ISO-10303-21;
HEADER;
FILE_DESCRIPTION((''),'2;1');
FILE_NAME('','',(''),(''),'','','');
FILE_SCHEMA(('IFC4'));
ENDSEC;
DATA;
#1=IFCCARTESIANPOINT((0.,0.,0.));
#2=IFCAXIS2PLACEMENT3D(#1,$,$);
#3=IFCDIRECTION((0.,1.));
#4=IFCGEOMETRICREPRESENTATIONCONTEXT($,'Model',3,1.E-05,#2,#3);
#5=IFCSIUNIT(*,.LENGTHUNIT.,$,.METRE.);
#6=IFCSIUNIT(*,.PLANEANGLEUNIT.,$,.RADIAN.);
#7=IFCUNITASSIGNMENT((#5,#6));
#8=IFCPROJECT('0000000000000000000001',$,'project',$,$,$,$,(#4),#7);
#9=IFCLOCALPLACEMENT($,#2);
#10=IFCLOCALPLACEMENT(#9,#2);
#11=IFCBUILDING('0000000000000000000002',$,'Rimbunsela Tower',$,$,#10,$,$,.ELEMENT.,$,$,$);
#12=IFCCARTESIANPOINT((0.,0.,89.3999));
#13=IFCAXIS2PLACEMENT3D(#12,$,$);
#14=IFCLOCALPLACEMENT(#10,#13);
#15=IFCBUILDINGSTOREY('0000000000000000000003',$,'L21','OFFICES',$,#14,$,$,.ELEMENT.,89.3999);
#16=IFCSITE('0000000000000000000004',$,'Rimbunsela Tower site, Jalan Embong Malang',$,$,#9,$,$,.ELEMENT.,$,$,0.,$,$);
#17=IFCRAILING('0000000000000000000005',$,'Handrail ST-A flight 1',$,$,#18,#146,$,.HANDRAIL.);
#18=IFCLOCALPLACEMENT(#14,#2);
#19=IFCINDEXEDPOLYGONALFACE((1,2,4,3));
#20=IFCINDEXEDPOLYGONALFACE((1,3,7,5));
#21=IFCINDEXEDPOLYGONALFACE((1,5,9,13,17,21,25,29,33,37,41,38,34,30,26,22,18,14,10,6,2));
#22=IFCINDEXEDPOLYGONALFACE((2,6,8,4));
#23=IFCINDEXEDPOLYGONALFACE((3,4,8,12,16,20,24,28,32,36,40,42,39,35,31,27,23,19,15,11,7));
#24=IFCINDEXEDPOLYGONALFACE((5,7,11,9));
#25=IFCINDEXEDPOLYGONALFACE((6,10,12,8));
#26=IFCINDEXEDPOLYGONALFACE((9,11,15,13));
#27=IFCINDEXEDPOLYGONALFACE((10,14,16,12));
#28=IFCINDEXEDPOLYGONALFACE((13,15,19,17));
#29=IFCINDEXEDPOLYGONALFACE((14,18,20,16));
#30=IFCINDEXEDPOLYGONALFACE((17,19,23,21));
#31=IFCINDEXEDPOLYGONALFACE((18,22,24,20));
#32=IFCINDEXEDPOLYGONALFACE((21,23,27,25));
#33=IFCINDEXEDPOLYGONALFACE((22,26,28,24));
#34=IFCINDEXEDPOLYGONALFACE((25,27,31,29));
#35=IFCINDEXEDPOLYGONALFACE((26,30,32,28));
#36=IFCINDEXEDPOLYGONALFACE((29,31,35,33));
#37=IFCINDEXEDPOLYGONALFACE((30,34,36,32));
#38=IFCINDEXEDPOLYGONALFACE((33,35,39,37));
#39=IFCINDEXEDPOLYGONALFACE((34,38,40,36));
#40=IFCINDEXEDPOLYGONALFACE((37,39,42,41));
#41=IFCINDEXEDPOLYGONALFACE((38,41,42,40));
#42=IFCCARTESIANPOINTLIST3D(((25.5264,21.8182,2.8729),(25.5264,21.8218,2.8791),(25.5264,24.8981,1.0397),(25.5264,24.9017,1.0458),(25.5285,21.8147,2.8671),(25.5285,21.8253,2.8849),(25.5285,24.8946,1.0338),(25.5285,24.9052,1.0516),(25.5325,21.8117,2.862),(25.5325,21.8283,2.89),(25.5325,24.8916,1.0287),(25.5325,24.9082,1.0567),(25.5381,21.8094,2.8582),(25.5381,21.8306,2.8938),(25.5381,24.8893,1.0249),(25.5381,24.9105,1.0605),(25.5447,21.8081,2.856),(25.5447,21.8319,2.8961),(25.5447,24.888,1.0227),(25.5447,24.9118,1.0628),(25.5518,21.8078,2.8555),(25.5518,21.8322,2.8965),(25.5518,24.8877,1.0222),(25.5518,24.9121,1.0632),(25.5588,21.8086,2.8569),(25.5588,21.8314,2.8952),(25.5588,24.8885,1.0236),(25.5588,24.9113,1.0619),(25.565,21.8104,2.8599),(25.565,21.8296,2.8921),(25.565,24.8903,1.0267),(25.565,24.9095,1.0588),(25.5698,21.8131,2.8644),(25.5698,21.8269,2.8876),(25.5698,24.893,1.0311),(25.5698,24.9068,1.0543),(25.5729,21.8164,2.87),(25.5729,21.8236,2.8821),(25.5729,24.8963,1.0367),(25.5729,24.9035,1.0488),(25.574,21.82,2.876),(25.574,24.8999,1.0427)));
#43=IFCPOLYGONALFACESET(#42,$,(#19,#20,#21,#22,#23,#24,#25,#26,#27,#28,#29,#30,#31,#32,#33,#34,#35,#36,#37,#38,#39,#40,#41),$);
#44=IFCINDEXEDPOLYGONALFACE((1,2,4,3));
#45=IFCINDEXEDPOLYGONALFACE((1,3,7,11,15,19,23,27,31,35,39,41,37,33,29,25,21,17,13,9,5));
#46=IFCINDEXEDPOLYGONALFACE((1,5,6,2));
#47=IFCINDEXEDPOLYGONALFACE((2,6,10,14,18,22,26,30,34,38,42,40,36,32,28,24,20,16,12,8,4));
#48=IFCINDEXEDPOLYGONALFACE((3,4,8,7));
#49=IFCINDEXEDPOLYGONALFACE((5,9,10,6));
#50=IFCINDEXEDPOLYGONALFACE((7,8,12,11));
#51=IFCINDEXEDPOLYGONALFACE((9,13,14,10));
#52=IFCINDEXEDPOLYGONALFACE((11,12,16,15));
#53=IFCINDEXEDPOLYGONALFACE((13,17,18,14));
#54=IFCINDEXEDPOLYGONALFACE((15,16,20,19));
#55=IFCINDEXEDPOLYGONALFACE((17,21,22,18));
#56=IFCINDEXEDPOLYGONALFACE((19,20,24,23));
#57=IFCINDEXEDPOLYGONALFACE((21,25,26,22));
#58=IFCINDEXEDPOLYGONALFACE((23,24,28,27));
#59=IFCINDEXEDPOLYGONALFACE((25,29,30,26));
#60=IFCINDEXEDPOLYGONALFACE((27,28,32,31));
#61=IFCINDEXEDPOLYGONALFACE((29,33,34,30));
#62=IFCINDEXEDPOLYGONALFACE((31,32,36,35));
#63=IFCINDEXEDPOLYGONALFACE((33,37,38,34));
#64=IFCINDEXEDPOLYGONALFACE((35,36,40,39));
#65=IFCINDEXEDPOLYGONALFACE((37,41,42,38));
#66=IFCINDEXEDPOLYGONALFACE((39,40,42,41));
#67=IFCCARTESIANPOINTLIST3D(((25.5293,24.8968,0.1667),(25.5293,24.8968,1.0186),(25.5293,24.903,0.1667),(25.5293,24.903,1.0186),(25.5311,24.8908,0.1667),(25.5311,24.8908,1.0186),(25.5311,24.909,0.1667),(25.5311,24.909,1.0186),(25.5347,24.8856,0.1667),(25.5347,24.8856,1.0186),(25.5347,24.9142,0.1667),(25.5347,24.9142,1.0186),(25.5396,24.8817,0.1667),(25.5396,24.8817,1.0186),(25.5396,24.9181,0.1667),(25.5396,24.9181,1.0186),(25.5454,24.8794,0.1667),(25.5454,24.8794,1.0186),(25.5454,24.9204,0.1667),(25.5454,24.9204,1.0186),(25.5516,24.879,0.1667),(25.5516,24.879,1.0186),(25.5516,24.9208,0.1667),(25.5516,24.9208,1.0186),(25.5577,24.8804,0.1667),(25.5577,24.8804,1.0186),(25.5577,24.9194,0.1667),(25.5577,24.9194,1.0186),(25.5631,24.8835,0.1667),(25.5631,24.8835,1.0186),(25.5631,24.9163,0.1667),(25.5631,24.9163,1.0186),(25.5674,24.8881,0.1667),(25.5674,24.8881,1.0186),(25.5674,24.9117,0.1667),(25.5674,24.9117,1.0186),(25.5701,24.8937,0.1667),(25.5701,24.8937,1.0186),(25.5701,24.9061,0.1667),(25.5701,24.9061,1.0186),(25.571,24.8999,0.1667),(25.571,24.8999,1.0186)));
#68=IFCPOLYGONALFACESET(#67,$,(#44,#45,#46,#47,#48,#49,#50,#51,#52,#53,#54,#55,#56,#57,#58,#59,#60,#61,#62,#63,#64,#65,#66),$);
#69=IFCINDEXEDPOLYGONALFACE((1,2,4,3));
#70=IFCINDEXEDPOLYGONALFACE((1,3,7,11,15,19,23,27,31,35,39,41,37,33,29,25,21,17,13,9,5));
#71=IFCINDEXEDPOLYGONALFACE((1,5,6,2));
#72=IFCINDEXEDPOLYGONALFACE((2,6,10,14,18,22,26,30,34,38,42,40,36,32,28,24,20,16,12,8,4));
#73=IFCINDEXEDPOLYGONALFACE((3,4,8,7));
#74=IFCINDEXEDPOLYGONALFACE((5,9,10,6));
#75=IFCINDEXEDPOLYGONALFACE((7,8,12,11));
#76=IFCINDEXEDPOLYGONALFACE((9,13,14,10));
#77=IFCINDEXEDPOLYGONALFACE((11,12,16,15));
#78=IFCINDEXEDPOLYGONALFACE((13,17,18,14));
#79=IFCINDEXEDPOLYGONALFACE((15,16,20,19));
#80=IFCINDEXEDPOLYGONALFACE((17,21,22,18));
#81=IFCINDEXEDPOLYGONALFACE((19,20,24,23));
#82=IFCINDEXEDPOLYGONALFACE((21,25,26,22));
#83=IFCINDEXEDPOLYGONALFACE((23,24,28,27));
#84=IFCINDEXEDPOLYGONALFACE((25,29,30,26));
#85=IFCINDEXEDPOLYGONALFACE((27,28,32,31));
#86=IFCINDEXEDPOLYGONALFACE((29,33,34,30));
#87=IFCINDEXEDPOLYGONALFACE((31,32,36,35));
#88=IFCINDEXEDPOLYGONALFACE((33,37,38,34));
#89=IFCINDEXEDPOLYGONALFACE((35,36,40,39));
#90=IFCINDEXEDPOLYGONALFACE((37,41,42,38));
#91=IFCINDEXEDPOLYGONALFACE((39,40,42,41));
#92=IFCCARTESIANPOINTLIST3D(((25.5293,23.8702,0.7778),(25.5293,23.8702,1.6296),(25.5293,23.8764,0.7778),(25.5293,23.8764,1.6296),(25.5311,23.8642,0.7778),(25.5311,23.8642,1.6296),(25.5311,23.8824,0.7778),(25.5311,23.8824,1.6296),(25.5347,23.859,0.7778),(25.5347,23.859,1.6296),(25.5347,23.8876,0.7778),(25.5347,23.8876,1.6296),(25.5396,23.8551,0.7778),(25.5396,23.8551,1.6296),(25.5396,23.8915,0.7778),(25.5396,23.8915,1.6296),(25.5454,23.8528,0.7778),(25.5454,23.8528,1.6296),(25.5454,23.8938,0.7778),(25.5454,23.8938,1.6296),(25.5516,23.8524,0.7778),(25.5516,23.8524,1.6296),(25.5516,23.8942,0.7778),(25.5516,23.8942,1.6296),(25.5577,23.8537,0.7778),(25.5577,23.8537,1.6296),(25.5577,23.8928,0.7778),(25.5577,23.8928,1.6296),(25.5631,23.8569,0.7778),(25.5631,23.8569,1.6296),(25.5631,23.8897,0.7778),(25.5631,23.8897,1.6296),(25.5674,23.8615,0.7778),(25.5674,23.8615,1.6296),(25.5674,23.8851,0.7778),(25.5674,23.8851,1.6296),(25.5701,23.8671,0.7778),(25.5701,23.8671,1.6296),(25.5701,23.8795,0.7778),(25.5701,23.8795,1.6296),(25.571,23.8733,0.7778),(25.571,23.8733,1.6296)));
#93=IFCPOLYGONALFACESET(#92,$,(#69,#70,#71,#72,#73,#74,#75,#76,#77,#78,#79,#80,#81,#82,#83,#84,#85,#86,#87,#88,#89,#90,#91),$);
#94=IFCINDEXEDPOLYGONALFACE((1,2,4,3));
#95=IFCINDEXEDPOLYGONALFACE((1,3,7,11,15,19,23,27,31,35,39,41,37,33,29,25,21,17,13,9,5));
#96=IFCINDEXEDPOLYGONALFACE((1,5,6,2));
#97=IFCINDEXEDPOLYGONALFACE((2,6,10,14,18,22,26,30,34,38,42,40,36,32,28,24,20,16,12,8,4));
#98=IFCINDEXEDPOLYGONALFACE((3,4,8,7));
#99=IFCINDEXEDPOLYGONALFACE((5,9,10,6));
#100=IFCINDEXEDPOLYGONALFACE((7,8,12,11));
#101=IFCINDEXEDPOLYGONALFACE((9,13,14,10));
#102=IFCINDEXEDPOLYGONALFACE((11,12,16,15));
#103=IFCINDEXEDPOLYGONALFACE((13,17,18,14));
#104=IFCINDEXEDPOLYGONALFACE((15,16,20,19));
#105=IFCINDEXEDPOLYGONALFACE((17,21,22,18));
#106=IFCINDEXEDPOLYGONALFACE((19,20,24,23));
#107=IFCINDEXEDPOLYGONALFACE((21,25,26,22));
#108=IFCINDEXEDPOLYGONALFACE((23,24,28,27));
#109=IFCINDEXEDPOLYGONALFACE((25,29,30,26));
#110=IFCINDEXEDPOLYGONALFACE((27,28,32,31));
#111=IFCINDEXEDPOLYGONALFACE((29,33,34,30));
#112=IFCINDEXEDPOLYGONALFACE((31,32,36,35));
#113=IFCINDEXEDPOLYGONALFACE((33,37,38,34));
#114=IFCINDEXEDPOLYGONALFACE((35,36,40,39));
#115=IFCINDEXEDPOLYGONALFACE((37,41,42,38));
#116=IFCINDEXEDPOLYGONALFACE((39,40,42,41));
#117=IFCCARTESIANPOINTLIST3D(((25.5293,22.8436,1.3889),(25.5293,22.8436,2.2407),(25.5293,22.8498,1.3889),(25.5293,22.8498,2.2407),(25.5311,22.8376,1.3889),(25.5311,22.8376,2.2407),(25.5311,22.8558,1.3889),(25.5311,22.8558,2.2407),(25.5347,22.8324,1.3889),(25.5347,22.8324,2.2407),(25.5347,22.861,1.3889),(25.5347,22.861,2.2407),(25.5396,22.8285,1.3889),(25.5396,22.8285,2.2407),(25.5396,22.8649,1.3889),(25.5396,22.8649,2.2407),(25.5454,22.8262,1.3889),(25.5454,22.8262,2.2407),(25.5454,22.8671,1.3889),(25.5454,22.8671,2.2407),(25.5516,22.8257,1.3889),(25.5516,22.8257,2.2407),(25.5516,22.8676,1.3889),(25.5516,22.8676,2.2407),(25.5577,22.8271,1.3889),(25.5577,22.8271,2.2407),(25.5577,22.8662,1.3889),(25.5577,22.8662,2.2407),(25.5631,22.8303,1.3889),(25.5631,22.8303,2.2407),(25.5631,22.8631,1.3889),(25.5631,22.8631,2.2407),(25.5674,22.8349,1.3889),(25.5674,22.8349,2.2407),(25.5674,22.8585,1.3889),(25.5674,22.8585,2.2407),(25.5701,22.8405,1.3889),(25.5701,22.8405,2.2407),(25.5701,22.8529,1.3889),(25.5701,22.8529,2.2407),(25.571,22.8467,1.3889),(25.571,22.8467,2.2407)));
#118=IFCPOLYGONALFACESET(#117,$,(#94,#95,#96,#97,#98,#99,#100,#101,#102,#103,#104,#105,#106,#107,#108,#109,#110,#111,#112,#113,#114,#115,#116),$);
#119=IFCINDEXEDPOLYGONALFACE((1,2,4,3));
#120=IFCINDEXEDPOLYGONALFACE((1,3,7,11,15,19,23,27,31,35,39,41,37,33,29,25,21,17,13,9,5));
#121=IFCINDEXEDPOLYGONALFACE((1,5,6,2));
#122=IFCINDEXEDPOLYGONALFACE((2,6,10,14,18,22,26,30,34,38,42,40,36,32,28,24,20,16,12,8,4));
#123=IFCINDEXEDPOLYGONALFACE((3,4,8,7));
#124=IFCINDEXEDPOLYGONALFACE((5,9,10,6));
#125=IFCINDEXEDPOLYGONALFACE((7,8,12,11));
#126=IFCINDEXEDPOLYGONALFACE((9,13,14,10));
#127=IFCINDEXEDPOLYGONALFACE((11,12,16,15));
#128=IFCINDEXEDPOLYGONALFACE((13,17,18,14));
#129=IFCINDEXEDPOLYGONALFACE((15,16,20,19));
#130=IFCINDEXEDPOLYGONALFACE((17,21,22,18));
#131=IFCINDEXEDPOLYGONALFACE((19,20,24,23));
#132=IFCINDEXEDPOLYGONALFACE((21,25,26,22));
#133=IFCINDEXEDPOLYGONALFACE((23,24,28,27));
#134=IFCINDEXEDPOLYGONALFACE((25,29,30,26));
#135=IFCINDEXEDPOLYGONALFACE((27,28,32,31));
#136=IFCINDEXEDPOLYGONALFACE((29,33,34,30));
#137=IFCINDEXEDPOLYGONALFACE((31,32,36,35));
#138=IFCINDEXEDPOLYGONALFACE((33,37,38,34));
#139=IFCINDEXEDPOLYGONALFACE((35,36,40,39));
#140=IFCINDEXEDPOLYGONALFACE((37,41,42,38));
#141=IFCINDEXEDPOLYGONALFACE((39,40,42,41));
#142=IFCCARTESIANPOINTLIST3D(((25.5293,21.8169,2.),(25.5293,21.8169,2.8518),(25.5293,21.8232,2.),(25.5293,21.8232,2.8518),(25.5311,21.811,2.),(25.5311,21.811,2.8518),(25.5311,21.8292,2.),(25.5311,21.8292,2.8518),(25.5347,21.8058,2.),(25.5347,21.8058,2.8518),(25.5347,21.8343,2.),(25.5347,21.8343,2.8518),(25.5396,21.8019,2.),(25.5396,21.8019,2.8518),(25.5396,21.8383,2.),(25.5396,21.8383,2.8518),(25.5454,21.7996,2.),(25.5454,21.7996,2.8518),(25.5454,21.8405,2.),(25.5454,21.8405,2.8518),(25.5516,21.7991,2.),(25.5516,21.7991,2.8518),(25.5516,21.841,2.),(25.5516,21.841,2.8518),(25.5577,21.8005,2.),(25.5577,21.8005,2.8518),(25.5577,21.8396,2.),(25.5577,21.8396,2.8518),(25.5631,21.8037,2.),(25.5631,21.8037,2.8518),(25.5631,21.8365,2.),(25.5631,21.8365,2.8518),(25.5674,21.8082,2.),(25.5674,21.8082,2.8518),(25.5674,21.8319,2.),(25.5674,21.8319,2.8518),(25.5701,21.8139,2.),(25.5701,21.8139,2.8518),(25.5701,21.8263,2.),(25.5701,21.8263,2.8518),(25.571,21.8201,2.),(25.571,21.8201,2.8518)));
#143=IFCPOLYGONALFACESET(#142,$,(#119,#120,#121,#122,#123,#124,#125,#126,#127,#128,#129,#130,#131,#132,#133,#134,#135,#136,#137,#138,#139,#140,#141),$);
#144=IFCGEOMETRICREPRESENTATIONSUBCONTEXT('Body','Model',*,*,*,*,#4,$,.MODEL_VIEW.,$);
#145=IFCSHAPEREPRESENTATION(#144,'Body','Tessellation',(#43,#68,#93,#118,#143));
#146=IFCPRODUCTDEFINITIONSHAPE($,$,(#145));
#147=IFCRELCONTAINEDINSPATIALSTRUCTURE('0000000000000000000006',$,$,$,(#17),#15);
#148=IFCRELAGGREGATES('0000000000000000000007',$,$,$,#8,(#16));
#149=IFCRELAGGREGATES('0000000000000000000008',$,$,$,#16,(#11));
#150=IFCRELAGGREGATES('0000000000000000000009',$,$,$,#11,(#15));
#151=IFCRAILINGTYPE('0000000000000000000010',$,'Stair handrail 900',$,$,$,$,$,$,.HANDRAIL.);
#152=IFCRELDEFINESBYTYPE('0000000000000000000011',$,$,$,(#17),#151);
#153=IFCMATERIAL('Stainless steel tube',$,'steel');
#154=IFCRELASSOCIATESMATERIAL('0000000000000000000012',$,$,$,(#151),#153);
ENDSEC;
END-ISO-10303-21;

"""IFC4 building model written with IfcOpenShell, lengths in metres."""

from ifc_helpers import new_model, si_unit, direction, frame, origin, origin_2d, place, context, subcontext, project, spatial, circle, extrude, material, type_object, element, save


model = new_model("IFC4")

# Units and contexts
model_context = context("Model", 3, precision=1e-05, world=origin(), true_north=direction((0.0, 1.0)))
body_context = subcontext(model_context, "Body", "Model", "MODEL_VIEW")
ifc_project = project(units=[si_unit("LENGTHUNIT", "METRE"), si_unit("PLANEANGLEUNIT", "RADIAN")], contexts=[model_context])

# Site, building, storey
site_placement = place(None, origin())
site = spatial("IfcSite", under=ifc_project, at=site_placement, Name="Rimbunsela Tower site, Jalan Embong Malang", CompositionType="ELEMENT", RefElevation=0.0)
building_placement = place(site_placement, origin())
building = spatial("IfcBuilding", under=site, at=building_placement, Name="Rimbunsela Tower", CompositionType="ELEMENT")
storey_placement = place(building_placement, frame((0.0, 0.0, 89.3999)))
storey = spatial("IfcBuildingStorey", under=building, at=storey_placement, Name="L21", Description="OFFICES", CompositionType="ELEMENT", Elevation=89.3999)

# Railing
ifc_material_1 = material(Name="Stainless steel tube", Category="steel")
railing_type = type_object("IfcRailingType", Name="Stair handrail 900", PredefinedType="HANDRAIL", material=ifc_material_1)
railing_1_placement = place(storey_placement, frame((25.55, 24.8999, 0.1667)))
element("IfcRailing", 1, at=railing_1_placement, inside=storey, type_object=railing_type, Name="Handrail ST-A flight 1", PredefinedType="HANDRAIL", context=body_context, shape_type="SweptSolid", body=[
    extrude(circle(Radius=0.0239, at=origin_2d()), frame((0.0, 0.0, 0.876), z_axis=(0.0, -0.859291, 0.511487), x_axis=(1.0, 0.0, 0.0)), (0.0, 0.0, 1.0), 3.5842),
    extrude(circle(Radius=0.021, at=origin_2d()), origin(), (0.0, 0.0, 1.0), 0.8518),
    extrude(circle(Radius=0.021, at=origin_2d()), frame((0.0, -1.0266, 0.6111)), (0.0, 0.0, 1.0), 0.8518),
    extrude(circle(Radius=0.021, at=origin_2d()), frame((0.0, -2.0532, 1.2222)), (0.0, 0.0, 1.0), 0.8518),
    extrude(circle(Radius=0.021, at=origin_2d()), frame((0.0, -3.0798, 1.8333)), (0.0, 0.0, 1.0), 0.8518),
])

save(model, "model.ifc")
